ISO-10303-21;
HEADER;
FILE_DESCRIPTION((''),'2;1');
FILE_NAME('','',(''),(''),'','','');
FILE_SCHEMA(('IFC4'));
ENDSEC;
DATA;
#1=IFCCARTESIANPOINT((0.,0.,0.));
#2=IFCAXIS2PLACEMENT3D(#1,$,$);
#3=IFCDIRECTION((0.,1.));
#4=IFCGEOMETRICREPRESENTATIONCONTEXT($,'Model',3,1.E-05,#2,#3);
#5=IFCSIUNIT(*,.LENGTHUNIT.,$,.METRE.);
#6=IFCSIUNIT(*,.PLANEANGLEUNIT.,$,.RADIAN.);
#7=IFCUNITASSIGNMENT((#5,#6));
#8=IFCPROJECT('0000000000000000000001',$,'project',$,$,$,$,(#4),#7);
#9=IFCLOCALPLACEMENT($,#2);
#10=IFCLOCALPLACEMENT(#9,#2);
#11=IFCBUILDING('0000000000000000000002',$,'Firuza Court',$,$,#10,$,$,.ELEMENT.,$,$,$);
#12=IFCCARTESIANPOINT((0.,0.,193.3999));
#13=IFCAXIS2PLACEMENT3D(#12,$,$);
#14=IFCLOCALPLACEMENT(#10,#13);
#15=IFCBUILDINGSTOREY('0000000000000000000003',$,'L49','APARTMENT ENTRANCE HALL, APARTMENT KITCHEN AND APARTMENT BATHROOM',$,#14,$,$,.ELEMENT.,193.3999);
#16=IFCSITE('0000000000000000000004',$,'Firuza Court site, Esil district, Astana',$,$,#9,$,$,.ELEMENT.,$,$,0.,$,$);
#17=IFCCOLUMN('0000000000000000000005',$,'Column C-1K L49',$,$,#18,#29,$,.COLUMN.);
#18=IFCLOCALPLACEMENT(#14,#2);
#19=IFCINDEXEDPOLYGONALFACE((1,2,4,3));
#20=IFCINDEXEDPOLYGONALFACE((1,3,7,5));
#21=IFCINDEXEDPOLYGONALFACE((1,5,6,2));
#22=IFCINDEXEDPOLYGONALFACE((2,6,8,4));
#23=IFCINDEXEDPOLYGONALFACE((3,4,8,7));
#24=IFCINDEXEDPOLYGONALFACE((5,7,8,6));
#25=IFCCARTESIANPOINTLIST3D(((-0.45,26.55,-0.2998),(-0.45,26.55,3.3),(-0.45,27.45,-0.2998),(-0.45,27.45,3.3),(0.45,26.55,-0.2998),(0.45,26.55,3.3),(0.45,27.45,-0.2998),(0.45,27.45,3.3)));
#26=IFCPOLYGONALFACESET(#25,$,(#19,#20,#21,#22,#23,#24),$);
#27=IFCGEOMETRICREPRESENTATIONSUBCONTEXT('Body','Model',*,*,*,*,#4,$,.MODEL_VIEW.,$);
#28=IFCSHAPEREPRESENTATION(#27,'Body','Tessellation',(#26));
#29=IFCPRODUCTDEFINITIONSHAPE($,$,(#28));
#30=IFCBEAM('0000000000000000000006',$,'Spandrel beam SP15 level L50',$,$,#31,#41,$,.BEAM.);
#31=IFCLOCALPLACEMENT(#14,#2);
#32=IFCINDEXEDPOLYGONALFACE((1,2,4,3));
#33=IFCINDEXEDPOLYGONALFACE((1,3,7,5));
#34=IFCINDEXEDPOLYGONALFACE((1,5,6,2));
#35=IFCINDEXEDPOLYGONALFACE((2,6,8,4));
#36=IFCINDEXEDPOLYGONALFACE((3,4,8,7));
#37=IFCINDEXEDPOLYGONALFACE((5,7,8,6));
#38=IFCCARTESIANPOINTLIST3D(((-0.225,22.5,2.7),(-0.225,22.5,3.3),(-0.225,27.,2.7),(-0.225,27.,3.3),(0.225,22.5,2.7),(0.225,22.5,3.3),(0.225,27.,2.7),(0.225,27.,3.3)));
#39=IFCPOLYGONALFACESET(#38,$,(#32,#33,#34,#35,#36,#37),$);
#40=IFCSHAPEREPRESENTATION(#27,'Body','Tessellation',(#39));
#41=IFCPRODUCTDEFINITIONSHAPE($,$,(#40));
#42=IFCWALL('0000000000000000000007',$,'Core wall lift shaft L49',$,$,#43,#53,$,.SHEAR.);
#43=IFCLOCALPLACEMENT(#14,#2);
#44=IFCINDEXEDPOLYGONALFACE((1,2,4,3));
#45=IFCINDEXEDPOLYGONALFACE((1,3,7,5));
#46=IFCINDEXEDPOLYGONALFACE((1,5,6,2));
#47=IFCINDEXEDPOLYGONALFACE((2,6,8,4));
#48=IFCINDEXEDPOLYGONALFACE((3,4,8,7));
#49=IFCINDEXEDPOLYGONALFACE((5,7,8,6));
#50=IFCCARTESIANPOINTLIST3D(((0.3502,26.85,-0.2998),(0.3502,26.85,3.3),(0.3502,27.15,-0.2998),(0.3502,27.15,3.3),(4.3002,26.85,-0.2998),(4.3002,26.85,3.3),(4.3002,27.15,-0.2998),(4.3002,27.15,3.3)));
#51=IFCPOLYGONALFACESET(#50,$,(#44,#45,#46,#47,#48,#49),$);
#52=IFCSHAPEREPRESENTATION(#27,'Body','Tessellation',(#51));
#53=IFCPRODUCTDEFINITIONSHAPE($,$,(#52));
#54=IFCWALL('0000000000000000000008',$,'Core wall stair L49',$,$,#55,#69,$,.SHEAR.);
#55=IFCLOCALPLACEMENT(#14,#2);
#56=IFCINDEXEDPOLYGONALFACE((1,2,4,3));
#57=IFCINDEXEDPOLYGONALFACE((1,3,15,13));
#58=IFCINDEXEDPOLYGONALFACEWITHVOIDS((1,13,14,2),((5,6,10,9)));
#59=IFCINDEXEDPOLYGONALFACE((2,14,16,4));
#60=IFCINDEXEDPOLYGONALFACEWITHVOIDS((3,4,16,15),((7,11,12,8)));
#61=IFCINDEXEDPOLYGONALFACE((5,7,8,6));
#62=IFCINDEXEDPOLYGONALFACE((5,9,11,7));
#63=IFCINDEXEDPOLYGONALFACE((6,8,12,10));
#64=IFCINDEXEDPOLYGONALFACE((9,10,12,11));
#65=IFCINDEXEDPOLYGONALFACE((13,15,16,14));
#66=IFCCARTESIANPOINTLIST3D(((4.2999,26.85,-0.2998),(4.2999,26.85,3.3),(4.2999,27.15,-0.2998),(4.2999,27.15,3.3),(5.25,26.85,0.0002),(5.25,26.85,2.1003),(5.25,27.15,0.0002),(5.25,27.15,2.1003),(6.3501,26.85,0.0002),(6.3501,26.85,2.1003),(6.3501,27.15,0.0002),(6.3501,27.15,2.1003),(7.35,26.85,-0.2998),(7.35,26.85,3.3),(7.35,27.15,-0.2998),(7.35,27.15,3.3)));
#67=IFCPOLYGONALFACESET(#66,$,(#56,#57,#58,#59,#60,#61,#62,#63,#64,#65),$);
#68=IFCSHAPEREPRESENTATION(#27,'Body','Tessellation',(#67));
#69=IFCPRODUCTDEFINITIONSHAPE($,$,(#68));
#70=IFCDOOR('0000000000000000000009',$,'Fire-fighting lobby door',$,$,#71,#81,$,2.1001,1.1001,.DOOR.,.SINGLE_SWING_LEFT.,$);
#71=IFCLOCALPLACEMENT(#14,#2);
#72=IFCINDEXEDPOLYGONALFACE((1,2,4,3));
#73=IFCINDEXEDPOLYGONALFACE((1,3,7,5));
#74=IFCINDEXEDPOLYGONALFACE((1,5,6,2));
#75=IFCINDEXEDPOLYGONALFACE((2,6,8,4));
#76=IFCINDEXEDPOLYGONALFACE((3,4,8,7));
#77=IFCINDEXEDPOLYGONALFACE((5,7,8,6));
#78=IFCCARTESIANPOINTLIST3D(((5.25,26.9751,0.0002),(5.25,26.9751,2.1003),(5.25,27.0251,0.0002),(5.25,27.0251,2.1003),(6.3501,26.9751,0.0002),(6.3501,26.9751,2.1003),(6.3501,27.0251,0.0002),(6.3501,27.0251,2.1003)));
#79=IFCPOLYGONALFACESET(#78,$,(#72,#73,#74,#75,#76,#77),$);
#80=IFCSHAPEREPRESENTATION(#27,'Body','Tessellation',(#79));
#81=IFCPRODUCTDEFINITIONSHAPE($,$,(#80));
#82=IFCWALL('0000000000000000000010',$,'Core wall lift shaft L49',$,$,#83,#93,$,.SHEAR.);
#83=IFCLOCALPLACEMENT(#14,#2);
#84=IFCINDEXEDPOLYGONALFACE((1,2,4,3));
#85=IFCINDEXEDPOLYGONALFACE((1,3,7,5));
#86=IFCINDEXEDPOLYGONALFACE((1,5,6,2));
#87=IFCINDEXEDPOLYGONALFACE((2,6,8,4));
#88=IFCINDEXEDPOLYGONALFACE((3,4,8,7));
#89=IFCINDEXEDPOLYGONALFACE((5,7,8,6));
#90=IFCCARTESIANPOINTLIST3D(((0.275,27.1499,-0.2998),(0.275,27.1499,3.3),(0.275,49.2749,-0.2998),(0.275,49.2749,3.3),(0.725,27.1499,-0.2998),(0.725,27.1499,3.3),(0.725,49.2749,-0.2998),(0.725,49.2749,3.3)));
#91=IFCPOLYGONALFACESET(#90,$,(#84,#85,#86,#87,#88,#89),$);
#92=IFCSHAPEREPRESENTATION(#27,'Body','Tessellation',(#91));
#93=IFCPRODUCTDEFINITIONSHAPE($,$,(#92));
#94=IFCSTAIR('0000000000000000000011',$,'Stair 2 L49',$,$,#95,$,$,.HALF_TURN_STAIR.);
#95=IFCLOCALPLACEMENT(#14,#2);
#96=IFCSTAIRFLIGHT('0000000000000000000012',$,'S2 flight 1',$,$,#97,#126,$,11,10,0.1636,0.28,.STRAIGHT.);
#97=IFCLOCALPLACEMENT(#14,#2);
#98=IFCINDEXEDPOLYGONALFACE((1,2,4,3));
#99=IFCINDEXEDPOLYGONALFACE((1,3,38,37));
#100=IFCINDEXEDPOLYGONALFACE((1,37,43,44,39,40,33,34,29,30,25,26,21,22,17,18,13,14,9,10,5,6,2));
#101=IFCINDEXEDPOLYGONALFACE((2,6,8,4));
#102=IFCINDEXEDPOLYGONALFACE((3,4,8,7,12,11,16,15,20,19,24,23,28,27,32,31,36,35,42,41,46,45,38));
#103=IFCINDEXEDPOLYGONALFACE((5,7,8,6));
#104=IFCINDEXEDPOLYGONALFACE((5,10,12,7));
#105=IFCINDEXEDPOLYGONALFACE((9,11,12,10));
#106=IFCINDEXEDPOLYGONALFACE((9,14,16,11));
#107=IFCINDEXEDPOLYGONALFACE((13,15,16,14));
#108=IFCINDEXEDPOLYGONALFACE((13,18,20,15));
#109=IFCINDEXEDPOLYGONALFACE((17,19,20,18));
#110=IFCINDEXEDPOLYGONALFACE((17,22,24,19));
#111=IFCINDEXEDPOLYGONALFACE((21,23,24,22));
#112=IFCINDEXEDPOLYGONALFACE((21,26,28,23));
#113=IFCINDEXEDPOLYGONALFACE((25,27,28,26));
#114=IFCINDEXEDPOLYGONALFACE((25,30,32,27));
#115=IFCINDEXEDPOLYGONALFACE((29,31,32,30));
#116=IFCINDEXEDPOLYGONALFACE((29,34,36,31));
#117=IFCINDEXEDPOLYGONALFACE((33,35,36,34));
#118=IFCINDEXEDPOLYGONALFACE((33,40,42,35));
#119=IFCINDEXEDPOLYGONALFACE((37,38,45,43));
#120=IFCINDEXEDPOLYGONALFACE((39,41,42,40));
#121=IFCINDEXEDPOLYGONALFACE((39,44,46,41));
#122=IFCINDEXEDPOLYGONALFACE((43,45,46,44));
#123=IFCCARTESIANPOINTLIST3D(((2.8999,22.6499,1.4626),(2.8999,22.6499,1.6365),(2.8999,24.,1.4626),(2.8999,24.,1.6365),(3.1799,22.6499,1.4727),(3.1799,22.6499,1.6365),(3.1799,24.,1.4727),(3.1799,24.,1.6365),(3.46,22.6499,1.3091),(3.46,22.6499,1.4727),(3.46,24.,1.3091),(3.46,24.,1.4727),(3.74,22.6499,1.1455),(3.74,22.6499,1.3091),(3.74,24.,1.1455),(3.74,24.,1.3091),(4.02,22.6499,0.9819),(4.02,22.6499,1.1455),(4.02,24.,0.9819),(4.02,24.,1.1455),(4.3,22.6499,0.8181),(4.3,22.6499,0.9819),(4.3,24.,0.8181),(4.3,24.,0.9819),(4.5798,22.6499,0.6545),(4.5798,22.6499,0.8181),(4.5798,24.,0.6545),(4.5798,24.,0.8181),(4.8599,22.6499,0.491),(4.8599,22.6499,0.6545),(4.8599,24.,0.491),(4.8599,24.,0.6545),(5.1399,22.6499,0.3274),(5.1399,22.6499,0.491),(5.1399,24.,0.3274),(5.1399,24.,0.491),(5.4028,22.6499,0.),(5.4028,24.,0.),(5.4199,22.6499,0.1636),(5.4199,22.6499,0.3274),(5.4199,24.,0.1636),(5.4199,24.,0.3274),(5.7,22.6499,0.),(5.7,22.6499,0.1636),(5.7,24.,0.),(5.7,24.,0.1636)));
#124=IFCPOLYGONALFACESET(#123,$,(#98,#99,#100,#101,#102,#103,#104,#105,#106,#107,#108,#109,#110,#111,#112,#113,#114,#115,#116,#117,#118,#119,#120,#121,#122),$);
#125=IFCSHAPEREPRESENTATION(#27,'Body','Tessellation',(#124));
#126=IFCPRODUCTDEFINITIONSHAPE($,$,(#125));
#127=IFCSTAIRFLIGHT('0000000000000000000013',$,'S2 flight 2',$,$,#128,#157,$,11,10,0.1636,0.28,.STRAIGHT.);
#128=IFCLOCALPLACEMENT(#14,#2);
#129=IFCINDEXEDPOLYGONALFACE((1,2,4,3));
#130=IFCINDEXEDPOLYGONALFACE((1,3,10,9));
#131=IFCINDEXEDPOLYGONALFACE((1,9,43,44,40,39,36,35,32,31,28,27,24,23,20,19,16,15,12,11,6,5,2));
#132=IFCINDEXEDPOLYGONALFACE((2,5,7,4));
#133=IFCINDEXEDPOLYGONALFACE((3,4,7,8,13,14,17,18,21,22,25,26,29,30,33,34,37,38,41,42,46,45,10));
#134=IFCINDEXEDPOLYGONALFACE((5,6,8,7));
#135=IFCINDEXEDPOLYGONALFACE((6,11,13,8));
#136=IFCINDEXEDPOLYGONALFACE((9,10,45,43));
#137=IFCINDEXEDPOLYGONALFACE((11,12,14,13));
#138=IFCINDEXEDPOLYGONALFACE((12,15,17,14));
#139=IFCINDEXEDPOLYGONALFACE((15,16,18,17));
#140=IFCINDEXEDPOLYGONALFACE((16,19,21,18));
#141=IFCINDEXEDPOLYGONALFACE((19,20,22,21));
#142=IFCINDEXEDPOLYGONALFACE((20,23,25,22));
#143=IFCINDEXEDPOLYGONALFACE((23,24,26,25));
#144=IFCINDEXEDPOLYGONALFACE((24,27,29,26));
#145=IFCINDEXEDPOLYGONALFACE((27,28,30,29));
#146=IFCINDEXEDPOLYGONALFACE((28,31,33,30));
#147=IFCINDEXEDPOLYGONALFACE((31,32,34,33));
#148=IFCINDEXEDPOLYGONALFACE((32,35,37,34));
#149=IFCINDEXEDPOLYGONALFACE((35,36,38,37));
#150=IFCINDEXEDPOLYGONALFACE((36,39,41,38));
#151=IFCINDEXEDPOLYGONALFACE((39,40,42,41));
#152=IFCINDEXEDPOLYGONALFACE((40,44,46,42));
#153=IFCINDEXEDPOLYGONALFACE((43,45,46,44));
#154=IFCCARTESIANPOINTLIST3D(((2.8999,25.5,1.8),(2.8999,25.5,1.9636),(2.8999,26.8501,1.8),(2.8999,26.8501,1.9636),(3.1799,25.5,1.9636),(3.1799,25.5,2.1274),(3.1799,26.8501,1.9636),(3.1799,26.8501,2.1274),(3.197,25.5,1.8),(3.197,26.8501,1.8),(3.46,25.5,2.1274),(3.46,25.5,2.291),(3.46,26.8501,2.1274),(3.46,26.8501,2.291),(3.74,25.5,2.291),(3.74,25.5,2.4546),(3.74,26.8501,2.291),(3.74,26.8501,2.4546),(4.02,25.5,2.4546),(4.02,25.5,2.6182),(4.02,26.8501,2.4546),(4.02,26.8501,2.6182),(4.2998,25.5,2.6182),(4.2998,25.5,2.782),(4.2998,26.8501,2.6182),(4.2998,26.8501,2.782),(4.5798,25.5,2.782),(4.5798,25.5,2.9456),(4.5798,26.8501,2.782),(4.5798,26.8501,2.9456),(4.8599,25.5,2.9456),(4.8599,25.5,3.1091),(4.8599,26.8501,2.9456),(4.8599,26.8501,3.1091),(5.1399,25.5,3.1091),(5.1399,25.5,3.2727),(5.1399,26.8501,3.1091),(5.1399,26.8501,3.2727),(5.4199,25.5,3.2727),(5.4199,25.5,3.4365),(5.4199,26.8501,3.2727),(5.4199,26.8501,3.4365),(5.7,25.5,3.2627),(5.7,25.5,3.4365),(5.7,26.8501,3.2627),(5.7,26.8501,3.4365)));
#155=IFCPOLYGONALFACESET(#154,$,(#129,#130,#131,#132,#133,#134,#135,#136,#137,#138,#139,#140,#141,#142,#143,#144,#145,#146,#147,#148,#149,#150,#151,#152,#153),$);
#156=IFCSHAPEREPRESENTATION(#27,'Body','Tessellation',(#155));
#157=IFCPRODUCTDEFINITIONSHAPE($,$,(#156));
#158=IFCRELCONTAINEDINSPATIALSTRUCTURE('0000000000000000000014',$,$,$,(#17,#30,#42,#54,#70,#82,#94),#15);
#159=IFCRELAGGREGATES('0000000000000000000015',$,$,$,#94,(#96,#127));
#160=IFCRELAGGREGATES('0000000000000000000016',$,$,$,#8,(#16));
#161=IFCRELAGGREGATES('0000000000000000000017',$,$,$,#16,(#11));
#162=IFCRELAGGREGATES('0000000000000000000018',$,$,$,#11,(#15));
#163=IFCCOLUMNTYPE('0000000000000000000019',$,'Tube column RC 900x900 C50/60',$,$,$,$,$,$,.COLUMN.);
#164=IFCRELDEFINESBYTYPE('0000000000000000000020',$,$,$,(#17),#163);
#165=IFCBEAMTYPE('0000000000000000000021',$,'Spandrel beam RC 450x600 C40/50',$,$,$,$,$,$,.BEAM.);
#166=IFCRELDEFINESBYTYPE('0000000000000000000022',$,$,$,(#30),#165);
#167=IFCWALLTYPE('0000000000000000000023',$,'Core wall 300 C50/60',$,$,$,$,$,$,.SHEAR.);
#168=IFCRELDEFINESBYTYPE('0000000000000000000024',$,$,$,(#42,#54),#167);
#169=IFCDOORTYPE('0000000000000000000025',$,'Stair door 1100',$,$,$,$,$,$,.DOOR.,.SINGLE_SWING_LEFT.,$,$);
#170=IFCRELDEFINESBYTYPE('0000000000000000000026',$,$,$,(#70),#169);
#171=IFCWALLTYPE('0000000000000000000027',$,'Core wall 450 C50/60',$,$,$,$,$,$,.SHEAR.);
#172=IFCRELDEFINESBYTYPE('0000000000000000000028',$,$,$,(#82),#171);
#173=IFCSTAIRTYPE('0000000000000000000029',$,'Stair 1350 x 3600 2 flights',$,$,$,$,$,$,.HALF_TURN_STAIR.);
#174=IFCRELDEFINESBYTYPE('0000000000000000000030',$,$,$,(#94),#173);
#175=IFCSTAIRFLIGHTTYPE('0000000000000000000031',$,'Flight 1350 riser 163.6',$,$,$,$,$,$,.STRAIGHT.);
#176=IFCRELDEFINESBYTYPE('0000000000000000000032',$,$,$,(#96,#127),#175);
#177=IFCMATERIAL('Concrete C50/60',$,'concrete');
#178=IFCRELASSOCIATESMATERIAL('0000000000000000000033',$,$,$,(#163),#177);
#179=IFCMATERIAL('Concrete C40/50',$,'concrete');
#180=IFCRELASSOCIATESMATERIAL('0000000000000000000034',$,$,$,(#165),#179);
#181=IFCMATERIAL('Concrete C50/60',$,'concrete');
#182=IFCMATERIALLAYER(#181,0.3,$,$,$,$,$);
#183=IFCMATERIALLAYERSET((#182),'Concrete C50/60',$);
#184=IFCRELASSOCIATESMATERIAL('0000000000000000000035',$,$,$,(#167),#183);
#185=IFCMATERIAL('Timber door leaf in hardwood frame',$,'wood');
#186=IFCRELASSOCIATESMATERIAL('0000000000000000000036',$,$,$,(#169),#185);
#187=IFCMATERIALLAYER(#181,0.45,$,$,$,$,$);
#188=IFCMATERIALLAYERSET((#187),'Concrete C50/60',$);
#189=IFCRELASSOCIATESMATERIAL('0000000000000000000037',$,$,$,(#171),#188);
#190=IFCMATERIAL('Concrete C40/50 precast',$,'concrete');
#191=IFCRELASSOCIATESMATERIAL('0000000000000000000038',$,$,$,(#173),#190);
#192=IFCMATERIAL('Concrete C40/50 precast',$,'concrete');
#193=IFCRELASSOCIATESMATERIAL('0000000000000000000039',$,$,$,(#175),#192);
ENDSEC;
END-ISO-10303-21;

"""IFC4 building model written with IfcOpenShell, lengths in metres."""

from ifc_helpers import new_model, si_unit, direction, frame, frame_2d, origin, origin_2d, place, context, subcontext, project, spatial, polyline, rectangle, outline, extrude, material, layer, layer_set, material_profile, profile_set, type_object, element, fill, aggregate, save


model = new_model("IFC4")

# Units and contexts
model_context = context("Model", 3, precision=1e-05, world=origin(), true_north=direction((0.0, 1.0)))
body_context = subcontext(model_context, "Body", "Model", "MODEL_VIEW")
ifc_project = project(units=[si_unit("LENGTHUNIT", "METRE"), si_unit("PLANEANGLEUNIT", "RADIAN")], contexts=[model_context])

# Site, building, storey
site_placement = place(None, origin())
site = spatial("IfcSite", under=ifc_project, at=site_placement, Name="Firuza Court site, Esil district, Astana", CompositionType="ELEMENT", RefElevation=0.0)
building_placement = place(site_placement, origin())
building = spatial("IfcBuilding", under=site, at=building_placement, Name="Firuza Court", CompositionType="ELEMENT")
storey_placement = place(building_placement, frame((0.0, 0.0, 193.3999)))
storey = spatial("IfcBuildingStorey", under=building, at=storey_placement, Name="L49", Description="APARTMENT ENTRANCE HALL, APARTMENT KITCHEN AND APARTMENT BATHROOM", CompositionType="ELEMENT", Elevation=193.3999)

# Column
ifc_material_1 = material(Name="Concrete C50/60", Category="concrete")
ifc_material_profile_1 = material_profile(ifc_material_1, rectangle(XDim=0.8999, YDim=0.8999, at=origin_2d()), Name="RC 900x900")
ifc_profile_set_1 = profile_set([ifc_material_profile_1], Name="Concrete C50/60")
column_type = type_object("IfcColumnType", Name="Tube column RC 900x900 C50/60", PredefinedType="COLUMN", material=ifc_profile_set_1)
column_placement = place(storey_placement, frame((0.0, 27.0, -0.2998), z_axis=(0.0, 0.0, 1.0), x_axis=(1.0, 0.0, 0.0)))
element("IfcColumn", 1, at=column_placement, inside=storey, type_object=column_type, Name="Column C-1K L49", PredefinedType="COLUMN", context=body_context, shape_type="SweptSolid", body=[
    extrude(rectangle(XDim=0.8999, YDim=0.8999, at=origin_2d()), origin(), (0.0, 0.0, 1.0), 3.5999),
])

# Beam
ifc_material_2 = material(Name="Concrete C40/50", Category="concrete")
ifc_material_profile_2 = material_profile(ifc_material_2, rectangle(XDim=0.45, YDim=0.6001, at=origin_2d()), Name="RC 450x600")
ifc_profile_set_2 = profile_set([ifc_material_profile_2], Name="Concrete C40/50")
beam_type = type_object("IfcBeamType", Name="Spandrel beam RC 450x600 C40/50", PredefinedType="BEAM", material=ifc_profile_set_2)
beam_placement = place(storey_placement, frame((0.0, 27.0, 3.0), z_axis=(0.0, -1.0, 0.0), x_axis=(1.0, 0.0, 0.0)))
element("IfcBeam", 2, at=beam_placement, inside=storey, type_object=beam_type, Name="Spandrel beam SP15 level L50", PredefinedType="BEAM", context=body_context, shape_type="SweptSolid", body=[
    extrude(rectangle(XDim=0.45, YDim=0.6001, at=origin_2d()), origin(), (0.0, 0.0, 1.0), 4.5),
])

# Wall
ifc_material_3 = material(Name="Concrete C50/60", Category="concrete")
ifc_layer_1 = layer(ifc_material_3, 0.3)
ifc_layer_set_1 = layer_set([ifc_layer_1], Name="Concrete C50/60")
wall_type_1 = type_object("IfcWallType", Name="Core wall 300 C50/60", PredefinedType="SHEAR", material=ifc_layer_set_1)
wall_1_placement = place(storey_placement, frame((0.3501, 27.0, -0.2998), z_axis=(0.0, 0.0, 1.0), x_axis=(1.0, 0.0, 0.0)))
element("IfcWall", 3, at=wall_1_placement, inside=storey, type_object=wall_type_1, Name="Core wall lift shaft L49", PredefinedType="SHEAR", context=body_context, shape_type="SweptSolid", body=[
    extrude(rectangle(XDim=3.95, YDim=0.3, at=frame_2d((1.9751, 0.0))), origin(), (0.0, 0.0, 1.0), 3.5999),
])

# Wall, opening, door
wall_2_placement = place(storey_placement, frame((4.3, 27.0, -0.2998), z_axis=(0.0, 0.0, 1.0), x_axis=(1.0, 0.0, 0.0)))
wall_2 = element("IfcWall", 4, at=wall_2_placement, inside=storey, type_object=wall_type_1, Name="Core wall stair L49", PredefinedType="SHEAR", context=body_context, shape_type="SweptSolid", body=[
    extrude(rectangle(XDim=3.05, YDim=0.3, at=frame_2d((1.5249, 0.0))), origin(), (0.0, 0.0, 1.0), 3.5999),
])
opening_1_placement = place(wall_2_placement, frame((0.95, 0.0, 0.3)))
opening_1 = element("IfcOpeningElement", 5, at=opening_1_placement, cuts=wall_2, PredefinedType="OPENING", context=body_context, shape_type="SweptSolid", body=[
    extrude(rectangle(XDim=1.1001, YDim=2.1001, at=frame_2d((0.55, 1.05))), frame((0.0, 0.1621, 0.0), z_axis=(0.0, -1.0, 0.0), x_axis=(1.0, 0.0, 0.0)), (0.0, 0.0, 1.0), 0.324),
])
ifc_material_4 = material(Name="Timber door leaf in hardwood frame", Category="wood")
door_type_1 = type_object("IfcDoorType", Name="Stair door 1100", OperationType="SINGLE_SWING_LEFT", PredefinedType="DOOR", material=ifc_material_4)
door_1_placement = place(opening_1_placement, frame((1.1001, 0.0, 0.0), z_axis=(0.0, 0.0, 1.0), x_axis=(-1.0, 0.0, 0.0)))
door_1 = element("IfcDoor", 6, at=door_1_placement, inside=storey, type_object=door_type_1, Name="Fire-fighting lobby door", OperationType="SINGLE_SWING_LEFT", OverallHeight=2.1001, OverallWidth=1.1001, PredefinedType="DOOR", context=body_context, shape_type="SweptSolid", body=[
    extrude(rectangle(XDim=1.1001, YDim=2.1001, at=frame_2d((0.55, 1.05))), frame((0.0, 0.0249, 0.0), z_axis=(0.0, -1.0, 0.0), x_axis=(1.0, 0.0, 0.0)), (0.0, 0.0, 1.0), 0.05),
])
fill(opening_1, door_1)

# Wall
ifc_layer_2 = layer(ifc_material_3, 0.45)
ifc_layer_set_2 = layer_set([ifc_layer_2], Name="Concrete C50/60")
wall_type_2 = type_object("IfcWallType", Name="Core wall 450 C50/60", PredefinedType="SHEAR", material=ifc_layer_set_2)
wall_3_placement = place(storey_placement, frame((0.5, 27.1499, -0.2998), z_axis=(0.0, 0.0, 1.0), x_axis=(0.0, 1.0, 0.0)))
element("IfcWall", 7, at=wall_3_placement, inside=storey, type_object=wall_type_2, Name="Core wall lift shaft L49", PredefinedType="SHEAR", context=body_context, shape_type="SweptSolid", body=[
    extrude(rectangle(XDim=22.125, YDim=0.45, at=frame_2d((11.0625, 0.0))), origin(), (0.0, 0.0, 1.0), 3.5999),
])

# Stair, stair flights
ifc_material_5 = material(Name="Concrete C40/50 precast", Category="concrete")
stair_type = type_object("IfcStairType", Name="Stair 1350 x 3600 2 flights", PredefinedType="HALF_TURN_STAIR", material=ifc_material_5)
stair_placement = place(storey_placement, origin())
stair = element("IfcStair", 8, at=stair_placement, inside=storey, type_object=stair_type, Name="Stair 2 L49", PredefinedType="HALF_TURN_STAIR")
ifc_material_6 = material(Name="Concrete C40/50 precast", Category="concrete")
stair_flight_type = type_object("IfcStairFlightType", Name="Flight 1350 riser 163.6", PredefinedType="STRAIGHT", material=ifc_material_6)
stair_flight_1_placement = place(storey_placement, frame((5.7, 23.325, 0.0), z_axis=(0.0, 0.0, 1.0), x_axis=(-1.0, 0.0, 0.0)))
stair_flight_1 = element("IfcStairFlight", 9, at=stair_flight_1_placement, type_object=stair_flight_type, Name="S2 flight 1", NumberOfRisers=11, NumberOfTreads=10, PredefinedType="STRAIGHT", RiserHeight=0.1636, TreadLength=0.28, context=body_context, shape_type="SweptSolid", body=[
    extrude(outline(polyline([(0.0, 0.0), (0.0, 0.1636), (0.28, 0.1636), (0.28, 0.3274), (0.5601, 0.3274), (0.5601, 0.491), (0.8401, 0.491), (0.8401, 0.6545), (1.1201, 0.6545), (1.1201, 0.8181), (1.3999, 0.8181), (1.3999, 0.9819), (1.6799, 0.9819), (1.6799, 1.1455), (1.96, 1.1455), (1.96, 1.3091), (2.24, 1.3091), (2.24, 1.4727), (2.52, 1.4727), (2.52, 1.6365), (2.8, 1.6365), (2.8, 1.8), (2.8, 1.4626), (0.2971, 0.0), (0.0, 0.0)])), frame((0.0, 0.675, 0.0), z_axis=(0.0, -1.0, 0.0), x_axis=(1.0, 0.0, 0.0)), (0.0, 0.0, 1.0), 1.3501),
])
stair_flight_2_placement = place(storey_placement, frame((2.8999, 26.175, 1.8), z_axis=(0.0, 0.0, 1.0), x_axis=(1.0, 0.0, 0.0)))
stair_flight_2 = element("IfcStairFlight", 10, at=stair_flight_2_placement, type_object=stair_flight_type, Name="S2 flight 2", NumberOfRisers=11, NumberOfTreads=10, PredefinedType="STRAIGHT", RiserHeight=0.1636, TreadLength=0.28, context=body_context, shape_type="SweptSolid", body=[
    extrude(outline(polyline([(0.0, 0.0), (0.0, 0.1636), (0.28, 0.1636), (0.28, 0.3274), (0.5601, 0.3274), (0.5601, 0.491), (0.8401, 0.491), (0.8401, 0.6545), (1.1201, 0.6545), (1.1201, 0.8181), (1.3999, 0.8181), (1.3999, 0.9819), (1.6799, 0.9819), (1.6799, 1.1455), (1.96, 1.1455), (1.96, 1.3091), (2.24, 1.3091), (2.24, 1.4727), (2.52, 1.4727), (2.52, 1.6365), (2.8, 1.6365), (2.8, 1.8), (2.8, 1.4626), (0.2971, 0.0), (0.0, 0.0)])), frame((0.0, 0.675, 0.0), z_axis=(0.0, -1.0, 0.0), x_axis=(1.0, 0.0, 0.0)), (0.0, 0.0, 1.0), 1.3501),
])
aggregate(stair, [stair_flight_1, stair_flight_2])

save(model, "model.ifc")
